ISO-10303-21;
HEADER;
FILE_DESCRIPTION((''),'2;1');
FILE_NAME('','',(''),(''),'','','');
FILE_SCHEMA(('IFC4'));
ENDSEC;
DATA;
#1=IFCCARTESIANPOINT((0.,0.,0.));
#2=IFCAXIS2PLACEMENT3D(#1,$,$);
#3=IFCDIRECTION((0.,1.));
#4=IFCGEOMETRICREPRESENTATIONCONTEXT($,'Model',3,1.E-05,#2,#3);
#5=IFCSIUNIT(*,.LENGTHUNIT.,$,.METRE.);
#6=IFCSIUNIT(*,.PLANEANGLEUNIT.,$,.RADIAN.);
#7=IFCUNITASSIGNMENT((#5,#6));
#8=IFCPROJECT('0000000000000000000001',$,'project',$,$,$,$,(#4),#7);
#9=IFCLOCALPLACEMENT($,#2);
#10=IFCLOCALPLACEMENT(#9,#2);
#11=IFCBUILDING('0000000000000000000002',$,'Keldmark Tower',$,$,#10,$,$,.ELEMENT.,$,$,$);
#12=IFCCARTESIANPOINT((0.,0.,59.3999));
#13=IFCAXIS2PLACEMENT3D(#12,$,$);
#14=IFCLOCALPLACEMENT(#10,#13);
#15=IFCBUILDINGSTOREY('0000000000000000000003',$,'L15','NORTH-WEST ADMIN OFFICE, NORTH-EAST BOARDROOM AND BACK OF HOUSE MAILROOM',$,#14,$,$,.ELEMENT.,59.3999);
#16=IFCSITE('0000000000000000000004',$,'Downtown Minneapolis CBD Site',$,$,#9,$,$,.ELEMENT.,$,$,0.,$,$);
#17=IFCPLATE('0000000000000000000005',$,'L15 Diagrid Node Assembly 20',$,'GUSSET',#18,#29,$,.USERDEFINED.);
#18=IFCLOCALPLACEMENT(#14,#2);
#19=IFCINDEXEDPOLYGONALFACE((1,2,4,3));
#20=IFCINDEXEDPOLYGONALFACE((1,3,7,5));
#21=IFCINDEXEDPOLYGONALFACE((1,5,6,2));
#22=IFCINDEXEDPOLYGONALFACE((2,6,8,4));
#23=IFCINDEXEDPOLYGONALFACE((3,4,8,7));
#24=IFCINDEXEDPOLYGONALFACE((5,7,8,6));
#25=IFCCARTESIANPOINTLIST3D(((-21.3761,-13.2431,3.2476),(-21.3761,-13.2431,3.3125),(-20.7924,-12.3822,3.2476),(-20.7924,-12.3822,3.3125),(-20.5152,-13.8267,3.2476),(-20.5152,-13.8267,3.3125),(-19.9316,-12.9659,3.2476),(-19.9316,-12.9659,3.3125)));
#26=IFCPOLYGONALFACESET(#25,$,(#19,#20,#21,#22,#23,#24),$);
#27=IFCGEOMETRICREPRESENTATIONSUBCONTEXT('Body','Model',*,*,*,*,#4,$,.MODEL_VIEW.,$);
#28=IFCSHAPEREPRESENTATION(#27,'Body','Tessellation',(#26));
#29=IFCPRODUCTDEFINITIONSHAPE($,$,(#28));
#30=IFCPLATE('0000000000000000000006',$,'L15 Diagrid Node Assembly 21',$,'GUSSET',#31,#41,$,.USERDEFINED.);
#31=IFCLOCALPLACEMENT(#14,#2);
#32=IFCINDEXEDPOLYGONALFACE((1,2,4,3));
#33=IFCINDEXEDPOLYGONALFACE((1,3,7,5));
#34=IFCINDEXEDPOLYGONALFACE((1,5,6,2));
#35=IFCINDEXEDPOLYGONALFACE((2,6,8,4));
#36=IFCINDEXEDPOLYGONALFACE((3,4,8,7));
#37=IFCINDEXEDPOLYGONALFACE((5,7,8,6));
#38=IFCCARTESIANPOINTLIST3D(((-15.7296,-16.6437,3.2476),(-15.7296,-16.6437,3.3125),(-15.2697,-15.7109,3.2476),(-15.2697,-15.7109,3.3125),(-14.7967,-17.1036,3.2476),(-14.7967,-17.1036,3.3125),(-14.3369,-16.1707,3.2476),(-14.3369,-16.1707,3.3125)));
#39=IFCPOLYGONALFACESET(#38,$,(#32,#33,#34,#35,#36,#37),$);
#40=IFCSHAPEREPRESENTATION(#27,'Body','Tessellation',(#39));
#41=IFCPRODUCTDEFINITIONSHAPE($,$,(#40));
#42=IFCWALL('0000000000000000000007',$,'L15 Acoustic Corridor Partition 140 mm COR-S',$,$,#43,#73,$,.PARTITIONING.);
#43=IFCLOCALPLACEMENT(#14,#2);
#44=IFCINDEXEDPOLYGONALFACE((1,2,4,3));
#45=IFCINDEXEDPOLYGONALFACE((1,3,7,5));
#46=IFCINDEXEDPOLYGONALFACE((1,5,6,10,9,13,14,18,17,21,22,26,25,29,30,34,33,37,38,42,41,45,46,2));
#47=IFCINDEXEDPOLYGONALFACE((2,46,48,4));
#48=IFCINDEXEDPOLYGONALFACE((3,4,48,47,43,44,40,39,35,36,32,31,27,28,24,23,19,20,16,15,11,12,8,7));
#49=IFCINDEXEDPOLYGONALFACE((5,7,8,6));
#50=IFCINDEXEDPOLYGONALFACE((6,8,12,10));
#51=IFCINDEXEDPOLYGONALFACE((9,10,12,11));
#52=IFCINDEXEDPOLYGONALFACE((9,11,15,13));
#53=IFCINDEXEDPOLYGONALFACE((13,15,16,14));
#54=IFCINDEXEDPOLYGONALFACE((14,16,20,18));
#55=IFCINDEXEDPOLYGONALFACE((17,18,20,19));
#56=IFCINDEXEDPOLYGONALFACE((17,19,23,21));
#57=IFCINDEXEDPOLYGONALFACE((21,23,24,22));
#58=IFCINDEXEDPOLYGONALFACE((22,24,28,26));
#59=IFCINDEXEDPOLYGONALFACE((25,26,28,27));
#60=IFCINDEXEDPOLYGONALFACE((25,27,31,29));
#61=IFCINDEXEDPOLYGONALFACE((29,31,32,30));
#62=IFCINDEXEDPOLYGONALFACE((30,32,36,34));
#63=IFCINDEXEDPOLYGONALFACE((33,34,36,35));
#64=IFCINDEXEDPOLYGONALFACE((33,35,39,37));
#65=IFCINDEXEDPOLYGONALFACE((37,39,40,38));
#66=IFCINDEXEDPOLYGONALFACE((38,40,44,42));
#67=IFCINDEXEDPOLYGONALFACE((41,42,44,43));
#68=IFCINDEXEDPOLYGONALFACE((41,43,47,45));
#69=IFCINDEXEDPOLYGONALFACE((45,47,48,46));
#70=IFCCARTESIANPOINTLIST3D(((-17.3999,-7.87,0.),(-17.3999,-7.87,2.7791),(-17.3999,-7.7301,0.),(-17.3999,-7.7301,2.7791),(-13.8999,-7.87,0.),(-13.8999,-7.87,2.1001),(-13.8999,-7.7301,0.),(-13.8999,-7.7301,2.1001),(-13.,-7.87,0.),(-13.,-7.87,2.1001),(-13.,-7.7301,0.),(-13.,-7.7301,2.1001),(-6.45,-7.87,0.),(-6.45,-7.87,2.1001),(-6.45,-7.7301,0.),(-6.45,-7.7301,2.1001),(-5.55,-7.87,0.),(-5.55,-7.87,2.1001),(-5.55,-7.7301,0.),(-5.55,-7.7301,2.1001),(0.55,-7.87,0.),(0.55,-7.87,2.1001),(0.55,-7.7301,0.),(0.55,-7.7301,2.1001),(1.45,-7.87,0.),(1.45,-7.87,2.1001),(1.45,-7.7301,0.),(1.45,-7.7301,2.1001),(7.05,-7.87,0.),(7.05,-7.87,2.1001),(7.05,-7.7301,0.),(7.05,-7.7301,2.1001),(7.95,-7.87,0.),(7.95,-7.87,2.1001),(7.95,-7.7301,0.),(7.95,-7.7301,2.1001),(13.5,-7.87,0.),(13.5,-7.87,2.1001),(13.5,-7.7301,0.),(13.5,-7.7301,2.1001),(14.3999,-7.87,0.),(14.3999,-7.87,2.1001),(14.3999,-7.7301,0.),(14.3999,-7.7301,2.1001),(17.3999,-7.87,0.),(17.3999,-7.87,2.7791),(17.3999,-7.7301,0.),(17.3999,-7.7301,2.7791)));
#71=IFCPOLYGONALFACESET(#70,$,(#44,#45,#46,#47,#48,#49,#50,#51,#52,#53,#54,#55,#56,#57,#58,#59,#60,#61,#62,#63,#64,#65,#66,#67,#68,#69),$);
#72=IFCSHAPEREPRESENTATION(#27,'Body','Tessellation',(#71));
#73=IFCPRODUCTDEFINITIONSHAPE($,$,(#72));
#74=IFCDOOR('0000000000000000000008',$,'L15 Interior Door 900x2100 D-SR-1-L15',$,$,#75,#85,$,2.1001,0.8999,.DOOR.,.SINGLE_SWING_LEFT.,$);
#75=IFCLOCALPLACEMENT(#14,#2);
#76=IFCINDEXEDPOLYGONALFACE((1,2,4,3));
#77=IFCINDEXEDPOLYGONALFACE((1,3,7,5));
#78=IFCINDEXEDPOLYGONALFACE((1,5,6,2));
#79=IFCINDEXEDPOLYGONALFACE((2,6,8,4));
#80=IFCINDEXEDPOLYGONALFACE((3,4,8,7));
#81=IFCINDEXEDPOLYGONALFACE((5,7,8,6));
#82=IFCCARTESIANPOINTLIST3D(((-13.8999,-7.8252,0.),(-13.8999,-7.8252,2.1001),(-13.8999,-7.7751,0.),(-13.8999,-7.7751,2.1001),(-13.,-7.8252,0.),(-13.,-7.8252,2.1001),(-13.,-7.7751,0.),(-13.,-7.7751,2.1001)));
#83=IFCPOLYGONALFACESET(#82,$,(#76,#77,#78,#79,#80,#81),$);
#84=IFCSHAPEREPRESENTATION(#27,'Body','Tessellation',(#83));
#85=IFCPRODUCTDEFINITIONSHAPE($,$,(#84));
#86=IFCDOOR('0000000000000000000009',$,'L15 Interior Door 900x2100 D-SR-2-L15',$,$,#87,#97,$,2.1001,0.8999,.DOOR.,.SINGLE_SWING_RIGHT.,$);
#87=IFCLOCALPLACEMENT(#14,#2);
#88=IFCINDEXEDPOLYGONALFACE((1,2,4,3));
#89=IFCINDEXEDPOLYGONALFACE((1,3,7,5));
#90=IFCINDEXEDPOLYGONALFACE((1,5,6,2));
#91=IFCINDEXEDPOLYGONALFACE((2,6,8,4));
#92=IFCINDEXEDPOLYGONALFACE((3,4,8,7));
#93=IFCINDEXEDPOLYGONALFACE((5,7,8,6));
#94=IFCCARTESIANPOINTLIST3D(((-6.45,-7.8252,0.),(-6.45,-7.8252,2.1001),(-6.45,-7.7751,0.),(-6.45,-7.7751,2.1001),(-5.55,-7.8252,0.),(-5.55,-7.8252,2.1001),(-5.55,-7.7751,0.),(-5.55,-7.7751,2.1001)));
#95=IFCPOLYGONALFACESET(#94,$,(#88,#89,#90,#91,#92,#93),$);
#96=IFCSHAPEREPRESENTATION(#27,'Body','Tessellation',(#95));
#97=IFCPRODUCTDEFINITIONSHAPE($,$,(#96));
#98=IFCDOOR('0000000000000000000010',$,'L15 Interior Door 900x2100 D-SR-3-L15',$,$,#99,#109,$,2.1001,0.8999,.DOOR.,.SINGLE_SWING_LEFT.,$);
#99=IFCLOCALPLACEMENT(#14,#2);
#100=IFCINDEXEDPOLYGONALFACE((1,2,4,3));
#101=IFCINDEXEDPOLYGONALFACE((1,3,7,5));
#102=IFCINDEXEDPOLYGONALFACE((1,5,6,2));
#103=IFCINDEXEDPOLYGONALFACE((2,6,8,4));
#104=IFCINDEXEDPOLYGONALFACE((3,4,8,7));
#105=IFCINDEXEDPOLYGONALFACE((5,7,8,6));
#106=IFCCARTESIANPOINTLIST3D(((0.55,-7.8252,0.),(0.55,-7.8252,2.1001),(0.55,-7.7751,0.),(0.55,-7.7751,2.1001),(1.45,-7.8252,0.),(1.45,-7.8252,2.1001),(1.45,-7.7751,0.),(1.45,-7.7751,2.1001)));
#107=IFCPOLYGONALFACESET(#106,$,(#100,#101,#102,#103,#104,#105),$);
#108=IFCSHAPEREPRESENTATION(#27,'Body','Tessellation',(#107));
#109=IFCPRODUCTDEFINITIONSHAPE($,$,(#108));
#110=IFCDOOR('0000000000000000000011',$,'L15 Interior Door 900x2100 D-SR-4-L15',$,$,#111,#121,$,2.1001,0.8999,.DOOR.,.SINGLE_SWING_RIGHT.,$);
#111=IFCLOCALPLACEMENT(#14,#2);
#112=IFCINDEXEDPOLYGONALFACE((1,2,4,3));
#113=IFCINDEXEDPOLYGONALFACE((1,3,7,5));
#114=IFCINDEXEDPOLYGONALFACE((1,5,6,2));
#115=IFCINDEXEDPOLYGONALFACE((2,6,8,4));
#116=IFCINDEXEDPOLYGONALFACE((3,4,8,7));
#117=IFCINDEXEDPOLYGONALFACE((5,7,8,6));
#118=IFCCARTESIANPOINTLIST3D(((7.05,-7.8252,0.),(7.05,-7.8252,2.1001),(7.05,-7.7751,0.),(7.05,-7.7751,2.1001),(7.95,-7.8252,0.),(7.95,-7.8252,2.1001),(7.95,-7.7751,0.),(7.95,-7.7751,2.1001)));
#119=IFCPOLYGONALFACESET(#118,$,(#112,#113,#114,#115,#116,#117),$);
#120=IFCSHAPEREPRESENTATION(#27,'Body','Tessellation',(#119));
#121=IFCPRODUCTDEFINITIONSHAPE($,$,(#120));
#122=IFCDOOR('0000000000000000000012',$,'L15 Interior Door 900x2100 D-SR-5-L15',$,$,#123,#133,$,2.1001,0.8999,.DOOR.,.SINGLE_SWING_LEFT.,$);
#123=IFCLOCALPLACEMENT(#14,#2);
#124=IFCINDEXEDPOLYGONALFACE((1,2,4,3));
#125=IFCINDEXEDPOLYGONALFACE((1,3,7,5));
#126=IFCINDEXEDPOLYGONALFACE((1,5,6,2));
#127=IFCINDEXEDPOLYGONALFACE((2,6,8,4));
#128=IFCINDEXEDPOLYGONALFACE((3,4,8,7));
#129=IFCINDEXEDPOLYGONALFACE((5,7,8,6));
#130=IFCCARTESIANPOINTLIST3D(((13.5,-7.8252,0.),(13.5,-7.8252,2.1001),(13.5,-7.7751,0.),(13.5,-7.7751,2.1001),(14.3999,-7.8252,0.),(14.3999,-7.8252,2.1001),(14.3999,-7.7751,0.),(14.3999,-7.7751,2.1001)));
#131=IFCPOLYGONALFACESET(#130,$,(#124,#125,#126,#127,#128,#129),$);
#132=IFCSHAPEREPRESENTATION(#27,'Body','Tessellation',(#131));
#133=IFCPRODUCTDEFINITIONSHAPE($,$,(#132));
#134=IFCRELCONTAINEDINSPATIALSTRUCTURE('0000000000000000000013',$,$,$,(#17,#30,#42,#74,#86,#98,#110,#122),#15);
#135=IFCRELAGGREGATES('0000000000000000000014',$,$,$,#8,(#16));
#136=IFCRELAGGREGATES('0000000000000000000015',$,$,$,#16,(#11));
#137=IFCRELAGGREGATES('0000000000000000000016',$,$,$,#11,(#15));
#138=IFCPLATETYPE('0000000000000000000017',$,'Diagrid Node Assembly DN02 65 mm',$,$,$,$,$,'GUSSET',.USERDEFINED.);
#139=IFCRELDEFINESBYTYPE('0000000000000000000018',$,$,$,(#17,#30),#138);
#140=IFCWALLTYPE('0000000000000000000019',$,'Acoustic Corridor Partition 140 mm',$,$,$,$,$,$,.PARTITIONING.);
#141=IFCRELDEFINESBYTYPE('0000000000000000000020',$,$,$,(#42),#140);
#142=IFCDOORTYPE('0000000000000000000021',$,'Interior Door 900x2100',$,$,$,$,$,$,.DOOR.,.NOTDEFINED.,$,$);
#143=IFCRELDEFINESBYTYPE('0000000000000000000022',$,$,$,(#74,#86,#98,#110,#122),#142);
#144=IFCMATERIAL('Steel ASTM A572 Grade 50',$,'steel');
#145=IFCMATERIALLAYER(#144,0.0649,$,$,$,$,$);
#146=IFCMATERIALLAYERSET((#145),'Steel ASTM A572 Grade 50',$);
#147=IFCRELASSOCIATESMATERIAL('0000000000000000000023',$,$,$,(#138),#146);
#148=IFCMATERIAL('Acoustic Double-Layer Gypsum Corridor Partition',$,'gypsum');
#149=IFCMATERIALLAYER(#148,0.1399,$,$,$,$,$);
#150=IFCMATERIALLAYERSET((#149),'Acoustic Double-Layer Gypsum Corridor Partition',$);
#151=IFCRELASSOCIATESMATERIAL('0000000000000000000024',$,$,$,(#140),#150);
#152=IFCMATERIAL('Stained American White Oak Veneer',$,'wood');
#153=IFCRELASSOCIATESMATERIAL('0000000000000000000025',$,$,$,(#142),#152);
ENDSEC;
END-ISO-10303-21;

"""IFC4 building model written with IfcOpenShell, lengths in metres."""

from ifc_helpers import new_model, si_unit, direction, frame, frame_2d, origin, origin_2d, place, context, subcontext, project, spatial, rectangle, extrude, material, layer, layer_set, type_object, element, fill, save


model = new_model("IFC4")

# Units and contexts
model_context = context("Model", 3, precision=1e-05, world=origin(), true_north=direction((0.0, 1.0)))
body_context = subcontext(model_context, "Body", "Model", "MODEL_VIEW")
ifc_project = project(units=[si_unit("LENGTHUNIT", "METRE"), si_unit("PLANEANGLEUNIT", "RADIAN")], contexts=[model_context])

# Site, building, storey
site_placement = place(None, origin())
site = spatial("IfcSite", under=ifc_project, at=site_placement, Name="Downtown Minneapolis CBD Site", CompositionType="ELEMENT", RefElevation=0.0)
building_placement = place(site_placement, origin())
building = spatial("IfcBuilding", under=site, at=building_placement, Name="Keldmark Tower", CompositionType="ELEMENT")
storey_placement = place(building_placement, frame((0.0, 0.0, 59.3999)))
storey = spatial("IfcBuildingStorey", under=building, at=storey_placement, Name="L15", Description="NORTH-WEST ADMIN OFFICE, NORTH-EAST BOARDROOM AND BACK OF HOUSE MAILROOM", CompositionType="ELEMENT", Elevation=59.3999)

# Plates
ifc_material_1 = material(Name="Steel ASTM A572 Grade 50", Category="steel")
ifc_layer_1 = layer(ifc_material_1, 0.0649)
ifc_layer_set_1 = layer_set([ifc_layer_1], Name="Steel ASTM A572 Grade 50")
plate_type = type_object("IfcPlateType", Name="Diagrid Node Assembly DN02 65 mm", ElementType="GUSSET", PredefinedType="USERDEFINED", material=ifc_layer_set_1)
for number, where, z_axis, x_axis, name in (
    (1, (-20.6538, -13.1045, 3.2476), (0.0, 0.0, 1.0), (0.827669, -0.561217, 0.0), "L15 Diagrid Node Assembly 20"),
    (2, (-15.0332, -16.4072, 3.2476), (0.0, 0.0, 1.0), (0.89695, -0.442132, 0.0), "L15 Diagrid Node Assembly 21"),
):
    element("IfcPlate", number, at=place(storey_placement, frame(where, z_axis=z_axis, x_axis=x_axis)), inside=storey, type_object=plate_type, Name=name, ObjectType="GUSSET", PredefinedType="USERDEFINED", context=body_context, shape_type="SweptSolid", body=[
        extrude(rectangle(XDim=1.04, YDim=1.04, at=origin_2d()), origin(), (0.0, 0.0, 1.0), 0.0649),
    ])

# Wall, openings, doors
ifc_material_2 = material(Name="Acoustic Double-Layer Gypsum Corridor Partition", Category="gypsum")
ifc_layer_2 = layer(ifc_material_2, 0.1399)
ifc_layer_set_2 = layer_set([ifc_layer_2], Name="Acoustic Double-Layer Gypsum Corridor Partition")
wall_type_1 = type_object("IfcWallType", Name="Acoustic Corridor Partition 140 mm", PredefinedType="PARTITIONING", material=ifc_layer_set_2)
wall_1_placement = place(storey_placement, frame((-17.3999, -7.8, 0.0), z_axis=(0.0, 0.0, 1.0), x_axis=(1.0, 0.0, 0.0)))
wall_1 = element("IfcWall", 3, at=wall_1_placement, inside=storey, type_object=wall_type_1, Name="L15 Acoustic Corridor Partition 140 mm COR-S", PredefinedType="PARTITIONING", context=body_context, shape_type="SweptSolid", body=[
    extrude(rectangle(XDim=34.7998, YDim=0.1399, at=frame_2d((17.3999, 0.0))), origin(), (0.0, 0.0, 1.0), 2.7791),
])
opening_1_placement = place(wall_1_placement, frame((3.5, 0.0, 0.0)))
opening_1 = element("IfcOpeningElement", 4, at=opening_1_placement, cuts=wall_1, PredefinedType="OPENING", context=body_context, shape_type="SweptSolid", body=[
    extrude(rectangle(XDim=0.8999, YDim=2.1001, at=frame_2d((0.45, 1.05))), frame((0.0, 0.0798, 0.0), z_axis=(0.0, -1.0, 0.0), x_axis=(1.0, 0.0, 0.0)), (0.0, 0.0, 1.0), 0.1599),
])
opening_2_placement = place(wall_1_placement, frame((10.95, 0.0, 0.0)))
opening_2 = element("IfcOpeningElement", 5, at=opening_2_placement, cuts=wall_1, PredefinedType="OPENING", context=body_context, shape_type="SweptSolid", body=[
    extrude(rectangle(XDim=0.8999, YDim=2.1001, at=frame_2d((0.45, 1.05))), frame((0.0, 0.0798, 0.0), z_axis=(0.0, -1.0, 0.0), x_axis=(1.0, 0.0, 0.0)), (0.0, 0.0, 1.0), 0.1599),
])
opening_3_placement = place(wall_1_placement, frame((17.95, 0.0, 0.0)))
opening_3 = element("IfcOpeningElement", 6, at=opening_3_placement, cuts=wall_1, PredefinedType="OPENING", context=body_context, shape_type="SweptSolid", body=[
    extrude(rectangle(XDim=0.8999, YDim=2.1001, at=frame_2d((0.45, 1.05))), frame((0.0, 0.0798, 0.0), z_axis=(0.0, -1.0, 0.0), x_axis=(1.0, 0.0, 0.0)), (0.0, 0.0, 1.0), 0.1599),
])
opening_4_placement = place(wall_1_placement, frame((24.45, 0.0, 0.0)))
opening_4 = element("IfcOpeningElement", 7, at=opening_4_placement, cuts=wall_1, PredefinedType="OPENING", context=body_context, shape_type="SweptSolid", body=[
    extrude(rectangle(XDim=0.8999, YDim=2.1001, at=frame_2d((0.45, 1.05))), frame((0.0, 0.0798, 0.0), z_axis=(0.0, -1.0, 0.0), x_axis=(1.0, 0.0, 0.0)), (0.0, 0.0, 1.0), 0.1599),
])
opening_5_placement = place(wall_1_placement, frame((30.8999, 0.0, 0.0)))
opening_5 = element("IfcOpeningElement", 8, at=opening_5_placement, cuts=wall_1, PredefinedType="OPENING", context=body_context, shape_type="SweptSolid", body=[
    extrude(rectangle(XDim=0.8999, YDim=2.1001, at=frame_2d((0.45, 1.05))), frame((0.0, 0.0798, 0.0), z_axis=(0.0, -1.0, 0.0), x_axis=(1.0, 0.0, 0.0)), (0.0, 0.0, 1.0), 0.1599),
])
ifc_material_3 = material(Name="Stained American White Oak Veneer", Category="wood")
door_type = type_object("IfcDoorType", Name="Interior Door 900x2100", OperationType="NOTDEFINED", PredefinedType="DOOR", material=ifc_material_3)
door_1_placement = place(opening_1_placement, origin())
door_1 = element("IfcDoor", 9, at=door_1_placement, inside=storey, type_object=door_type, Name="L15 Interior Door 900x2100 D-SR-1-L15", OperationType="SINGLE_SWING_LEFT", OverallHeight=2.1001, OverallWidth=0.8999, PredefinedType="DOOR", context=body_context, shape_type="SweptSolid", body=[
    extrude(rectangle(XDim=0.8999, YDim=2.1001, at=frame_2d((0.45, 1.05))), frame((0.0, 0.0249, 0.0), z_axis=(0.0, -1.0, 0.0), x_axis=(1.0, 0.0, 0.0)), (0.0, 0.0, 1.0), 0.05),
])
fill(opening_1, door_1)
door_2_placement = place(opening_2_placement, origin())
door_2 = element("IfcDoor", 10, at=door_2_placement, inside=storey, type_object=door_type, Name="L15 Interior Door 900x2100 D-SR-2-L15", OperationType="SINGLE_SWING_RIGHT", OverallHeight=2.1001, OverallWidth=0.8999, PredefinedType="DOOR", context=body_context, shape_type="SweptSolid", body=[
    extrude(rectangle(XDim=0.8999, YDim=2.1001, at=frame_2d((0.45, 1.05))), frame((0.0, 0.0249, 0.0), z_axis=(0.0, -1.0, 0.0), x_axis=(1.0, 0.0, 0.0)), (0.0, 0.0, 1.0), 0.05),
])
fill(opening_2, door_2)
door_3_placement = place(opening_3_placement, origin())
door_3 = element("IfcDoor", 11, at=door_3_placement, inside=storey, type_object=door_type, Name="L15 Interior Door 900x2100 D-SR-3-L15", OperationType="SINGLE_SWING_LEFT", OverallHeight=2.1001, OverallWidth=0.8999, PredefinedType="DOOR", context=body_context, shape_type="SweptSolid", body=[
    extrude(rectangle(XDim=0.8999, YDim=2.1001, at=frame_2d((0.45, 1.05))), frame((0.0, 0.0249, 0.0), z_axis=(0.0, -1.0, 0.0), x_axis=(1.0, 0.0, 0.0)), (0.0, 0.0, 1.0), 0.05),
])
fill(opening_3, door_3)
door_4_placement = place(opening_4_placement, origin())
door_4 = element("IfcDoor", 12, at=door_4_placement, inside=storey, type_object=door_type, Name="L15 Interior Door 900x2100 D-SR-4-L15", OperationType="SINGLE_SWING_RIGHT", OverallHeight=2.1001, OverallWidth=0.8999, PredefinedType="DOOR", context=body_context, shape_type="SweptSolid", body=[
    extrude(rectangle(XDim=0.8999, YDim=2.1001, at=frame_2d((0.45, 1.05))), frame((0.0, 0.0249, 0.0), z_axis=(0.0, -1.0, 0.0), x_axis=(1.0, 0.0, 0.0)), (0.0, 0.0, 1.0), 0.05),
])
fill(opening_4, door_4)
door_5_placement = place(opening_5_placement, origin())
door_5 = element("IfcDoor", 13, at=door_5_placement, inside=storey, type_object=door_type, Name="L15 Interior Door 900x2100 D-SR-5-L15", OperationType="SINGLE_SWING_LEFT", OverallHeight=2.1001, OverallWidth=0.8999, PredefinedType="DOOR", context=body_context, shape_type="SweptSolid", body=[
    extrude(rectangle(XDim=0.8999, YDim=2.1001, at=frame_2d((0.45, 1.05))), frame((0.0, 0.0249, 0.0), z_axis=(0.0, -1.0, 0.0), x_axis=(1.0, 0.0, 0.0)), (0.0, 0.0, 1.0), 0.05),
])
fill(opening_5, door_5)

save(model, "model.ifc")
